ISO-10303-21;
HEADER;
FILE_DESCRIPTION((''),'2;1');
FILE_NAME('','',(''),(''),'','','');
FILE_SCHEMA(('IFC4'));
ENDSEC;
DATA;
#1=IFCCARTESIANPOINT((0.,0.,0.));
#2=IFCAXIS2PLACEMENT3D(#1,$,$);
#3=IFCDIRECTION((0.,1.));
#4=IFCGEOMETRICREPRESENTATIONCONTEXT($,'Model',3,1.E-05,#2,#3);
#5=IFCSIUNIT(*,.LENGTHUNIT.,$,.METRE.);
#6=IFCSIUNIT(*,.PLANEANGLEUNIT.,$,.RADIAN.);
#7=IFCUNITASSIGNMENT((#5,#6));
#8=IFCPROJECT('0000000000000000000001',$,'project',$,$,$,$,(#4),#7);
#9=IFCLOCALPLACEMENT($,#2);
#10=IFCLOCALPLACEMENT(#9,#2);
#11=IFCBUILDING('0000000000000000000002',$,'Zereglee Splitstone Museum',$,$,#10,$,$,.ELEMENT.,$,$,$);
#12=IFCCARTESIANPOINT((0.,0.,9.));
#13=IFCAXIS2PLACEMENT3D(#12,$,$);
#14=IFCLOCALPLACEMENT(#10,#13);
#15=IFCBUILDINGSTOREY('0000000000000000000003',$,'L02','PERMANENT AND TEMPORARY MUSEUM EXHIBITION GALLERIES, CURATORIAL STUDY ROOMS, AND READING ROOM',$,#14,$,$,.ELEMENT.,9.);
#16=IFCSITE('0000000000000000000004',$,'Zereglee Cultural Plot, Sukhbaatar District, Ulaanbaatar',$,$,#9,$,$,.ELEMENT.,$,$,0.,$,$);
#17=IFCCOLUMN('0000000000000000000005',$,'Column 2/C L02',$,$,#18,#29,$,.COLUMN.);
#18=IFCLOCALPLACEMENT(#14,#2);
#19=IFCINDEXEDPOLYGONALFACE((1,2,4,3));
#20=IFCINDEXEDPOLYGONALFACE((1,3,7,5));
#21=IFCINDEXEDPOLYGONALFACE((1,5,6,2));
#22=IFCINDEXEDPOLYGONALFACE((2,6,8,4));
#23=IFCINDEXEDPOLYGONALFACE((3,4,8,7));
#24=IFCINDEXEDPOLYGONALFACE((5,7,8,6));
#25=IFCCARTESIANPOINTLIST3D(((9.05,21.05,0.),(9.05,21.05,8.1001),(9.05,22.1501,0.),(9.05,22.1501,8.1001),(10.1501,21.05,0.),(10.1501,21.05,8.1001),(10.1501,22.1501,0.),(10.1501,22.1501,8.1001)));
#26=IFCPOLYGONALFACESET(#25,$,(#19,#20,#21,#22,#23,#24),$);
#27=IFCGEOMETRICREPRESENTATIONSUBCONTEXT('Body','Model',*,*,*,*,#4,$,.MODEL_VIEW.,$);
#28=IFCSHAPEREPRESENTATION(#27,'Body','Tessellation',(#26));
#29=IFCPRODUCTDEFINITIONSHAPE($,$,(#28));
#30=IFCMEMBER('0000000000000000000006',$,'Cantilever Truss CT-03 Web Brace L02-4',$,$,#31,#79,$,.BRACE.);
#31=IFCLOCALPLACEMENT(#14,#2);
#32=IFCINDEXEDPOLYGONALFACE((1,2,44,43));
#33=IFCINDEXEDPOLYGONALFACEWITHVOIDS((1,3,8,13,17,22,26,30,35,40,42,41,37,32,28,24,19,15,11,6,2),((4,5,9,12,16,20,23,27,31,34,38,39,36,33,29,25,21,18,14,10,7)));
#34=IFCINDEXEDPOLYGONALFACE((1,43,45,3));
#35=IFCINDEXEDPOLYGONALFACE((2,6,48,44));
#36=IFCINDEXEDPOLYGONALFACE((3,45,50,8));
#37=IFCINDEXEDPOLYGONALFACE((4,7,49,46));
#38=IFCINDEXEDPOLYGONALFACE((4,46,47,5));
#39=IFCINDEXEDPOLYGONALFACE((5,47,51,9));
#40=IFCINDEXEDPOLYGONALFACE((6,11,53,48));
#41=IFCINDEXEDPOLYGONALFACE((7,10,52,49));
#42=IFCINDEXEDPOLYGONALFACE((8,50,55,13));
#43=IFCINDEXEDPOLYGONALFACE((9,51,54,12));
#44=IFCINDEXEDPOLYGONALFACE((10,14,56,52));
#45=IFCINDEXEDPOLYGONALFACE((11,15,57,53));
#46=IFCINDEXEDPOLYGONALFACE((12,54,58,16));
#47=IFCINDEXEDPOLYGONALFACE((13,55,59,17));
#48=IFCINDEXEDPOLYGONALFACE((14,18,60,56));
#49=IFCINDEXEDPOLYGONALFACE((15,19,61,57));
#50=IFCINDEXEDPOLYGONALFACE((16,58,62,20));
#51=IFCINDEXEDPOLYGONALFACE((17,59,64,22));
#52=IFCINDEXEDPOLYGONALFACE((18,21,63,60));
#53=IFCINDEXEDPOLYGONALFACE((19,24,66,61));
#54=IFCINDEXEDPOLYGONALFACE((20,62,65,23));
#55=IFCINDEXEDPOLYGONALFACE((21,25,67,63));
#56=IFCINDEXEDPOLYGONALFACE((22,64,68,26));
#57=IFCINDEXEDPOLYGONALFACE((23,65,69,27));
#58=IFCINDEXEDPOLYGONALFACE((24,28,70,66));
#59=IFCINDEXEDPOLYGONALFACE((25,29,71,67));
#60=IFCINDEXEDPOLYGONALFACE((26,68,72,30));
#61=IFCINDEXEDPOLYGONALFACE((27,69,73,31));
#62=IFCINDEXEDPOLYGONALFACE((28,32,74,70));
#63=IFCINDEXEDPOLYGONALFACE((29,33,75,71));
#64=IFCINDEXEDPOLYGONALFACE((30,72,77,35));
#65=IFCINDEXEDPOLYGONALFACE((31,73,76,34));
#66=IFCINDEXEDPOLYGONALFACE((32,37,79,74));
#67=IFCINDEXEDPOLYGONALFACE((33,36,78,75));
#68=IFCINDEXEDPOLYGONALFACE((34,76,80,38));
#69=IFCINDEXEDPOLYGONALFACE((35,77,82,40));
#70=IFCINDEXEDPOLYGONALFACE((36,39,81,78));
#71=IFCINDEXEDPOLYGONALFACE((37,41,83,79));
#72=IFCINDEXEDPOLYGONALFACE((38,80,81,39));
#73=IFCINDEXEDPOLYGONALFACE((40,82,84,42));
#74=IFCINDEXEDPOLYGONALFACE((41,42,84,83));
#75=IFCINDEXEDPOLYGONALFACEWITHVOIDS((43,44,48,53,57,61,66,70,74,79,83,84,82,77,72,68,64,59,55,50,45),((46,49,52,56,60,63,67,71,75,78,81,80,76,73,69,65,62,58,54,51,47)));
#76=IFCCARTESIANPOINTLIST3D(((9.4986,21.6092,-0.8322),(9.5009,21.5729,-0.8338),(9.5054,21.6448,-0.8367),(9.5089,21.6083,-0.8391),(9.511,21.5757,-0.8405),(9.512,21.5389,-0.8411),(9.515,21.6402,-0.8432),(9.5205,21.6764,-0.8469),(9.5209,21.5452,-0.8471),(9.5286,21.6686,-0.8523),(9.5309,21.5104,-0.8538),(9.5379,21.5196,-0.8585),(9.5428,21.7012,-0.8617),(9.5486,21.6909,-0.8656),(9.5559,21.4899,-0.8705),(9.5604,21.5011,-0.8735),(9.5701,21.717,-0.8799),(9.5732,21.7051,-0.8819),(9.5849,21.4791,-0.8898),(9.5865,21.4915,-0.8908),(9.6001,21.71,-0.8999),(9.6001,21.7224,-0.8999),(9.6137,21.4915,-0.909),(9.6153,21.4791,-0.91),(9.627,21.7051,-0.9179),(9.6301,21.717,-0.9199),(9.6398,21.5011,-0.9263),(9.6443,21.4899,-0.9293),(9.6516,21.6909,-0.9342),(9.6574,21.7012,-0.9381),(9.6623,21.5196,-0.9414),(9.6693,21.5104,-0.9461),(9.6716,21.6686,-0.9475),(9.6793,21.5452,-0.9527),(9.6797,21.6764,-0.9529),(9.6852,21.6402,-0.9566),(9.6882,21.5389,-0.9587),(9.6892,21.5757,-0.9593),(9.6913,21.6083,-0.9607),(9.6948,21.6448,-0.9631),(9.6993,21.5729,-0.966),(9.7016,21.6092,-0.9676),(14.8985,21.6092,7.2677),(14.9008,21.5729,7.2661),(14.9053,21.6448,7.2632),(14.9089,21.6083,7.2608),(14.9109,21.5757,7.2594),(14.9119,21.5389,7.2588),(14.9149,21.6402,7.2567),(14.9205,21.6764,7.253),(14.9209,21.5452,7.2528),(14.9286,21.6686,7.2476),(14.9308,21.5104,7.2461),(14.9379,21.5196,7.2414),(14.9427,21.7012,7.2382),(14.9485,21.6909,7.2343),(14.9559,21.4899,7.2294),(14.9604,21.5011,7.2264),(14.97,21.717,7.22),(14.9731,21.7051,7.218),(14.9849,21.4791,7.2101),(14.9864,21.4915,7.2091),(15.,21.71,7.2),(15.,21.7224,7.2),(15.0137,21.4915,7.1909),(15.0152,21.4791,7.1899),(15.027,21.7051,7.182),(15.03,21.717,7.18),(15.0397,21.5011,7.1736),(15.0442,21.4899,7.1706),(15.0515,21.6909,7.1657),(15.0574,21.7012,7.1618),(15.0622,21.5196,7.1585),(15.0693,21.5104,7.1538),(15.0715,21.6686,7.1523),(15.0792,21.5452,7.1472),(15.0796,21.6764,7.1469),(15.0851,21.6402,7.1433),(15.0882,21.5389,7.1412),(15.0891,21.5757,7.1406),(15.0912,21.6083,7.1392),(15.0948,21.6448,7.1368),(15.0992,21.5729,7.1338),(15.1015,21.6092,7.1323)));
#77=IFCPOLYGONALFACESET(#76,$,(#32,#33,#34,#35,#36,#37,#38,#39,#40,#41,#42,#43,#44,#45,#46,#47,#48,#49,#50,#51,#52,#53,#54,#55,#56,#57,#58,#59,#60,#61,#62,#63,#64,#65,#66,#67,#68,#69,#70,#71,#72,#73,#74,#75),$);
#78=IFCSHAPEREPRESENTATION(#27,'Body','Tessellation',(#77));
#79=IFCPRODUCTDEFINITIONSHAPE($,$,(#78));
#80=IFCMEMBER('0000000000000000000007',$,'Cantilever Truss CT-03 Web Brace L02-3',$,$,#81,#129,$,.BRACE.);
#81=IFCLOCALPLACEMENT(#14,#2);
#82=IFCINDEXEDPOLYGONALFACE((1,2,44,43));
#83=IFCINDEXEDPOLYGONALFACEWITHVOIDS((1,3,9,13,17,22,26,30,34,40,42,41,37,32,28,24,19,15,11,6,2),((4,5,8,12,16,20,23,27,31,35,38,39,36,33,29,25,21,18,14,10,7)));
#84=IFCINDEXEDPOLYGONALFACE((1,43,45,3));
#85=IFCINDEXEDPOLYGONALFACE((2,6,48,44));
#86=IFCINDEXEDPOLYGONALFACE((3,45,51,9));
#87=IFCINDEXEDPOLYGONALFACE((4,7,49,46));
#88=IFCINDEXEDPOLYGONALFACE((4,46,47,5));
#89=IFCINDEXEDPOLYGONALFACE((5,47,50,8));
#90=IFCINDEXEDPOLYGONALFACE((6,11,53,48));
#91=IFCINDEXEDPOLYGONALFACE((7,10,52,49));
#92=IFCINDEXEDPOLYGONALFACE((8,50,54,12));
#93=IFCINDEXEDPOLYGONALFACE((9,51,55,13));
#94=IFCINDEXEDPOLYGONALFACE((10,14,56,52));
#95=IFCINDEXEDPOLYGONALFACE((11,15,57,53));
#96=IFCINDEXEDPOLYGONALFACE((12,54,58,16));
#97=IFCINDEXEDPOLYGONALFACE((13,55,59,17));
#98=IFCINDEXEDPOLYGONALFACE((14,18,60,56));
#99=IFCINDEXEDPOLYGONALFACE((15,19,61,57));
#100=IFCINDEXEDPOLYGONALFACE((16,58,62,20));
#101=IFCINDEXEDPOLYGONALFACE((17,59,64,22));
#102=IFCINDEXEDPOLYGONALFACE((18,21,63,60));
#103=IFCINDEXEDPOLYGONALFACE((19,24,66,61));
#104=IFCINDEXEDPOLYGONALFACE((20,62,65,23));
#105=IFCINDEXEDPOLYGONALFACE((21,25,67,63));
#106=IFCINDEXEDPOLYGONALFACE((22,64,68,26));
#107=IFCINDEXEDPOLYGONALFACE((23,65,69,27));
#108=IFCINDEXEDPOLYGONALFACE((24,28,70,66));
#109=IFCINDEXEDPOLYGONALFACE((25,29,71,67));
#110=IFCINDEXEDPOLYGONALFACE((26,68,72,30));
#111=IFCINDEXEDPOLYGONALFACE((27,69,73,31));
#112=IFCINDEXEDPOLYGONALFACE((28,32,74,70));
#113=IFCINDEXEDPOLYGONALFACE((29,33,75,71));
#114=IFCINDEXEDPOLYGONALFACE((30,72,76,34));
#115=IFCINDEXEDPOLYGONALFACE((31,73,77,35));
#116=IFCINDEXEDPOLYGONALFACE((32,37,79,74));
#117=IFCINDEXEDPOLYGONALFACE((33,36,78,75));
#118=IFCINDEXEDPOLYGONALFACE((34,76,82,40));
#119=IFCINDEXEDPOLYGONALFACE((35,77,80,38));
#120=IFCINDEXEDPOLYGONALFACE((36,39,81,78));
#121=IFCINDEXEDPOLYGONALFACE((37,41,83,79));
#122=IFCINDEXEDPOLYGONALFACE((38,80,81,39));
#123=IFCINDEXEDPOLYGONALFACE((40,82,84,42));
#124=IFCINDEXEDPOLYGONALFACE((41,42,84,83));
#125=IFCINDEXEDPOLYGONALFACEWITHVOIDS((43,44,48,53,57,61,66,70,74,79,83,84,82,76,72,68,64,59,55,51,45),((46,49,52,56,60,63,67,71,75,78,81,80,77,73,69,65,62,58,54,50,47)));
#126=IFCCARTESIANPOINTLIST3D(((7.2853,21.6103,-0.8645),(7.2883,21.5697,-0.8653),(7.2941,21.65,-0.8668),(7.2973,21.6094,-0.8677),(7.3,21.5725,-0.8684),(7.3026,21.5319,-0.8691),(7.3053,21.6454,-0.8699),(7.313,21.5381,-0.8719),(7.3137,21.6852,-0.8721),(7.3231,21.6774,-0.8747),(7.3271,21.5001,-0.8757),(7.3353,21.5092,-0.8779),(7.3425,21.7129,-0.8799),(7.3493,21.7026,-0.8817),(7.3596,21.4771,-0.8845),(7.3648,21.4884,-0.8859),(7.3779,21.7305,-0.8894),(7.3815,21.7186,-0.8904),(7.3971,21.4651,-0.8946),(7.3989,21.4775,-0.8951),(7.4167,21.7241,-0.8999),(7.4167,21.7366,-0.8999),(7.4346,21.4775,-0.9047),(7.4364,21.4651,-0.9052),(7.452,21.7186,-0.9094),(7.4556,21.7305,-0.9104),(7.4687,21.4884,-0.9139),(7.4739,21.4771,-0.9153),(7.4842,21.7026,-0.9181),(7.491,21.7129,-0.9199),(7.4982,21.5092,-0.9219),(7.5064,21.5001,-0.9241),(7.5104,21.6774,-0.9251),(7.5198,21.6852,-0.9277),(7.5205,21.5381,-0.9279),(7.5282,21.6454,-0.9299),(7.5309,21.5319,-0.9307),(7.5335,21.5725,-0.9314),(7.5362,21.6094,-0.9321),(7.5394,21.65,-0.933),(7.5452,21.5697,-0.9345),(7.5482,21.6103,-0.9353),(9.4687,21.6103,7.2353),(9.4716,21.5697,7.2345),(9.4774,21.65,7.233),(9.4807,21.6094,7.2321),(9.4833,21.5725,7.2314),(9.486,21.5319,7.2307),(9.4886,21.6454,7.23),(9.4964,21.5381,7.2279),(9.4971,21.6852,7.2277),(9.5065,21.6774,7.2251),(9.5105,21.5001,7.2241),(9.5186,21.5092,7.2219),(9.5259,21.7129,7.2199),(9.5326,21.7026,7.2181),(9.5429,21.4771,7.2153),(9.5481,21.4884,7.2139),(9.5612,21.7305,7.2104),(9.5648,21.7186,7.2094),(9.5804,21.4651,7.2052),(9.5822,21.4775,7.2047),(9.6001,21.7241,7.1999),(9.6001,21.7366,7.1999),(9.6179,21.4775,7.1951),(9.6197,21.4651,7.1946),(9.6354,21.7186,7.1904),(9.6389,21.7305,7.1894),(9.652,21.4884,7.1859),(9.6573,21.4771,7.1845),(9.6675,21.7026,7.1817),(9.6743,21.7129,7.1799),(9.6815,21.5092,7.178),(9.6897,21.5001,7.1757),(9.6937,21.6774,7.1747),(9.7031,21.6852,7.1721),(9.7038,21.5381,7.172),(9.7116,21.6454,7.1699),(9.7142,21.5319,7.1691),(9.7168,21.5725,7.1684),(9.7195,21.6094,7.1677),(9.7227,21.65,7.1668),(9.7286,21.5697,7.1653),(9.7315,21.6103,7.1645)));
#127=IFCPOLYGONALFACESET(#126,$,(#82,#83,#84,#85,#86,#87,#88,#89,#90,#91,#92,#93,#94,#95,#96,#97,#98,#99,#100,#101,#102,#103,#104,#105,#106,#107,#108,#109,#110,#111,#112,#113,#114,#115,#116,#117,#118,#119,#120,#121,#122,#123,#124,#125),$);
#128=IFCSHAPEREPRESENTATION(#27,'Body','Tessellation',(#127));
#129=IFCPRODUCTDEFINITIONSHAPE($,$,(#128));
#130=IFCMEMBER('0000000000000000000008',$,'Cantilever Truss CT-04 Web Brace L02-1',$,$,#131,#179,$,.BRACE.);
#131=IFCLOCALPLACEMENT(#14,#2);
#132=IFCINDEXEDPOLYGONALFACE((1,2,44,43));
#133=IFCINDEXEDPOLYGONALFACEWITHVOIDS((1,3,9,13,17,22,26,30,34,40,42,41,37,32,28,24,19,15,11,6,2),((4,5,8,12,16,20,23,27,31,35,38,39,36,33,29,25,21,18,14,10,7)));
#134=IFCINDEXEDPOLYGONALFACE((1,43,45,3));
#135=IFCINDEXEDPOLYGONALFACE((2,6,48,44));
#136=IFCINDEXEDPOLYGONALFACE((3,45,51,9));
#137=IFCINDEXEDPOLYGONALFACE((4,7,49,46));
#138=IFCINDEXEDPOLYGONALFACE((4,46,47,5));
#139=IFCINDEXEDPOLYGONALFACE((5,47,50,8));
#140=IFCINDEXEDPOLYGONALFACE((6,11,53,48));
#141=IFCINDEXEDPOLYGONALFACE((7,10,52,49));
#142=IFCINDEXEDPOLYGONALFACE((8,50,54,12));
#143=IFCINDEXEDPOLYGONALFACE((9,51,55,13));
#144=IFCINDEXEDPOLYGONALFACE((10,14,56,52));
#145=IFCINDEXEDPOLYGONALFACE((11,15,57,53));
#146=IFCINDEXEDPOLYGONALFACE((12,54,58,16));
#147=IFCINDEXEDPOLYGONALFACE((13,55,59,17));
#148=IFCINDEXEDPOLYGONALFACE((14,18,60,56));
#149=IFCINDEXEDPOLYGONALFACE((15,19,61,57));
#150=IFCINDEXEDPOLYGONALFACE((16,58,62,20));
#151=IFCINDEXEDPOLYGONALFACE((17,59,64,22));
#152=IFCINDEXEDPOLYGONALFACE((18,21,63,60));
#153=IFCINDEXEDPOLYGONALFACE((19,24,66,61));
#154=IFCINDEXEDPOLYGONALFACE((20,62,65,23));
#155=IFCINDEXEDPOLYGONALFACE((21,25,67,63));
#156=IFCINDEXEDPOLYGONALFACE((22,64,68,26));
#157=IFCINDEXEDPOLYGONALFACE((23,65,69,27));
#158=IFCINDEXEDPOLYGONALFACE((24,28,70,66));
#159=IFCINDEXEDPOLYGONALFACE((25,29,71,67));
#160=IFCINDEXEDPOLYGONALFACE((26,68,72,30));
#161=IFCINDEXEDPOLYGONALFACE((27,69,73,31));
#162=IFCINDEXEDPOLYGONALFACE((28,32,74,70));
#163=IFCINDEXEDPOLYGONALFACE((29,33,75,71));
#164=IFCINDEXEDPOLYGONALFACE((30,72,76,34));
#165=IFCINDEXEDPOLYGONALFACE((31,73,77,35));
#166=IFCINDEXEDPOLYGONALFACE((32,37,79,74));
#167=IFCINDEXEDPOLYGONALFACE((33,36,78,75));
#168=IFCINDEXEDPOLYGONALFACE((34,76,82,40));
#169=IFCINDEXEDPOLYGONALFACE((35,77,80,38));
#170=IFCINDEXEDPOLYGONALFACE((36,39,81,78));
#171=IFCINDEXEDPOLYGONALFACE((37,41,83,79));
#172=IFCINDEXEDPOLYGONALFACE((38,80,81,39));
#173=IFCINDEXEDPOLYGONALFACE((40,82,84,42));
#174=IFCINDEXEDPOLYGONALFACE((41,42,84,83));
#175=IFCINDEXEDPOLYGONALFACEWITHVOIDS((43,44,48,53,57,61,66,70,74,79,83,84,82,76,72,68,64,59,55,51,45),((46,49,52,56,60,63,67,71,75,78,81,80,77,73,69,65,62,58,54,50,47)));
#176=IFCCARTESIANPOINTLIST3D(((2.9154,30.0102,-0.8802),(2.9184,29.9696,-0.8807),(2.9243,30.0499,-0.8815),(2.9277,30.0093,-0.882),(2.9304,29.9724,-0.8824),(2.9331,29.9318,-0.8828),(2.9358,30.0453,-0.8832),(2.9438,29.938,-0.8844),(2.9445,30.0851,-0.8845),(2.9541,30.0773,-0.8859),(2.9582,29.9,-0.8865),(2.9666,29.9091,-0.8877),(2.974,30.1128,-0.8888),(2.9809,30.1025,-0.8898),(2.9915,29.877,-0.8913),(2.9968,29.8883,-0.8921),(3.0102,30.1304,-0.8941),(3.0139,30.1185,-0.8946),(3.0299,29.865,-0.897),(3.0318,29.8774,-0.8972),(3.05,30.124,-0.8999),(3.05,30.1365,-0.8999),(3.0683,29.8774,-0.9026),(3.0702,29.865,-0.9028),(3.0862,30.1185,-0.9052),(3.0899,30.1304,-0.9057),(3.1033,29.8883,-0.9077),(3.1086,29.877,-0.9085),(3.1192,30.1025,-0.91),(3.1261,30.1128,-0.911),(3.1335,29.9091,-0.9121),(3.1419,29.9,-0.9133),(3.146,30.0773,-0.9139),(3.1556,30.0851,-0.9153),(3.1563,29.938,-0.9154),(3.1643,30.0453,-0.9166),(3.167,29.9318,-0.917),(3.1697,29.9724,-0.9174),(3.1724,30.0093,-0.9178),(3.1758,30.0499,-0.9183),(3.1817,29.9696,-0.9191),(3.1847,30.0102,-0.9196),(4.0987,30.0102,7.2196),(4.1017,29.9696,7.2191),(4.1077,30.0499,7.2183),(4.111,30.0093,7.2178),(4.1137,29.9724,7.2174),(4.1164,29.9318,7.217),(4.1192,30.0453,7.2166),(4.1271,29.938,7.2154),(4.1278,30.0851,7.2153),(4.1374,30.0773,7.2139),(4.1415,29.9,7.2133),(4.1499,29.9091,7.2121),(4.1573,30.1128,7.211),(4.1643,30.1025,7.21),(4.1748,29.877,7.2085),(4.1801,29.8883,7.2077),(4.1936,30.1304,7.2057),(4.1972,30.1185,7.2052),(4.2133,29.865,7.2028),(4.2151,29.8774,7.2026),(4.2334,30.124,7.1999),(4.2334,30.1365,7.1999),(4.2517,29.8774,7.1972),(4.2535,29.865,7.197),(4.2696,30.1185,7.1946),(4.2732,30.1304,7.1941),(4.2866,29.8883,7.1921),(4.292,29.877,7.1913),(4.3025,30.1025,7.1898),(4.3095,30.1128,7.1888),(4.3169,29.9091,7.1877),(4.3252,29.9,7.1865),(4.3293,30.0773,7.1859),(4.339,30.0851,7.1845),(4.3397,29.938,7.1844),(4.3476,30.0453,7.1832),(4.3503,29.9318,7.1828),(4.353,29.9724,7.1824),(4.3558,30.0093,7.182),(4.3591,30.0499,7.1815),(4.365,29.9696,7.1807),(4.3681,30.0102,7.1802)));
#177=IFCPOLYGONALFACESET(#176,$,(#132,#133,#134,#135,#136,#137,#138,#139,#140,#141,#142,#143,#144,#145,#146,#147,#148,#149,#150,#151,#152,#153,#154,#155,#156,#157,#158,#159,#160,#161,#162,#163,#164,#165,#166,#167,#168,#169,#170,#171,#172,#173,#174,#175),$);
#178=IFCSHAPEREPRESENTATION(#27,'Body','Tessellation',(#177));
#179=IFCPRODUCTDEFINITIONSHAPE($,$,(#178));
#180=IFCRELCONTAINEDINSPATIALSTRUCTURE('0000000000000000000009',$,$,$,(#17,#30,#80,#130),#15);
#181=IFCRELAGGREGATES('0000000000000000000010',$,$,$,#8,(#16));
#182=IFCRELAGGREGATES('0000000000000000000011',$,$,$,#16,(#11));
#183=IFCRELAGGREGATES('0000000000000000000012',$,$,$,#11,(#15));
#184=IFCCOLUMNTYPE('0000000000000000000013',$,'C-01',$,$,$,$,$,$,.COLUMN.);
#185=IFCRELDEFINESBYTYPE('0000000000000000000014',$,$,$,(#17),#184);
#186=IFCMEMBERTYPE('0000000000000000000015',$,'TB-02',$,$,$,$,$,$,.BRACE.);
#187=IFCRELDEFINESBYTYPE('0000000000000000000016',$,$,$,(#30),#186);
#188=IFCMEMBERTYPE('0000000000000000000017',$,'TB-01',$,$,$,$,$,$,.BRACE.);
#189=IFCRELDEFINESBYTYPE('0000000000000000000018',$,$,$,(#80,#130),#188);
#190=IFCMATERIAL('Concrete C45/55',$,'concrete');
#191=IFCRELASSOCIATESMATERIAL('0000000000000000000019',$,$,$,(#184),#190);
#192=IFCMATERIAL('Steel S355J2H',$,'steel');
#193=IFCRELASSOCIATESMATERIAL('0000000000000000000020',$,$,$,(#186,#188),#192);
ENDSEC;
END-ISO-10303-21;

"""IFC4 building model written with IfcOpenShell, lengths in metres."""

from ifc_helpers import new_model, si_unit, direction, frame, origin, origin_2d, place, context, subcontext, project, spatial, rectangle, hollow_circle, extrude, material, material_profile, profile_set, type_object, element, save


model = new_model("IFC4")

# Units and contexts
model_context = context("Model", 3, precision=1e-05, world=origin(), true_north=direction((0.0, 1.0)))
body_context = subcontext(model_context, "Body", "Model", "MODEL_VIEW")
ifc_project = project(units=[si_unit("LENGTHUNIT", "METRE"), si_unit("PLANEANGLEUNIT", "RADIAN")], contexts=[model_context])

# Site, building, storey
site_placement = place(None, origin())
site = spatial("IfcSite", under=ifc_project, at=site_placement, Name="Zereglee Cultural Plot, Sukhbaatar District, Ulaanbaatar", CompositionType="ELEMENT", RefElevation=0.0)
building_placement = place(site_placement, origin())
building = spatial("IfcBuilding", under=site, at=building_placement, Name="Zereglee Splitstone Museum", CompositionType="ELEMENT")
storey_placement = place(building_placement, frame((0.0, 0.0, 9.0)))
storey = spatial("IfcBuildingStorey", under=building, at=storey_placement, Name="L02", Description="PERMANENT AND TEMPORARY MUSEUM EXHIBITION GALLERIES, CURATORIAL STUDY ROOMS, AND READING ROOM", CompositionType="ELEMENT", Elevation=9.0)

# Column
ifc_material_1 = material(Name="Concrete C45/55", Category="concrete")
ifc_material_profile_1 = material_profile(ifc_material_1, rectangle(XDim=1.1001, YDim=1.1001, at=origin_2d()), Name="RC 1100x1100")
ifc_profile_set_1 = profile_set([ifc_material_profile_1], Name="Concrete C45/55")
column_type = type_object("IfcColumnType", Name="C-01", PredefinedType="COLUMN", material=ifc_profile_set_1)
column_placement = place(storey_placement, frame((9.6001, 21.6001, 0.0), z_axis=(0.0, 0.0, 1.0), x_axis=(1.0, 0.0, 0.0)))
element("IfcColumn", 1, at=column_placement, inside=storey, type_object=column_type, Name="Column 2/C L02", PredefinedType="COLUMN", context=body_context, shape_type="SweptSolid", body=[
    extrude(rectangle(XDim=1.1001, YDim=1.1001, at=origin_2d()), origin(), (0.0, 0.0, 1.0), 8.1001),
])

# Members
ifc_material_2 = material(Name="Steel S355J2H", Category="steel")
ifc_material_profile_2 = material_profile(ifc_material_2, hollow_circle(Radius=0.1223, WallThickness=0.0125, at=origin_2d()), Name="CHS 244.5x12.5")
ifc_profile_set_2 = profile_set([ifc_material_profile_2], Name="Steel S355J2H")
member_type_1 = type_object("IfcMemberType", Name="TB-02", PredefinedType="BRACE", material=ifc_profile_set_2)
member_1_placement = place(storey_placement, frame((9.6001, 21.6001, -0.8999), z_axis=(0.5547, 0.0, 0.83205), x_axis=(0.0, 1.0, 0.0)))
element("IfcMember", 2, at=member_1_placement, inside=storey, type_object=member_type_1, Name="Cantilever Truss CT-03 Web Brace L02-4", PredefinedType="BRACE", context=body_context, shape_type="SweptSolid", body=[
    extrude(hollow_circle(Radius=0.1223, WallThickness=0.0125, at=origin_2d()), origin(), (0.0, 0.0, 1.0), 9.7349),
])
ifc_material_profile_3 = material_profile(ifc_material_2, hollow_circle(Radius=0.1365, WallThickness=0.0125, at=origin_2d()), Name="CHS 273.0x12.5")
ifc_profile_set_3 = profile_set([ifc_material_profile_3], Name="Steel S355J2H")
member_type_2 = type_object("IfcMemberType", Name="TB-01", PredefinedType="BRACE", material=ifc_profile_set_3)
member_2_placement = place(storey_placement, frame((7.4167, 21.6001, -0.8999), z_axis=(0.260265, 0.0, 0.965537), x_axis=(0.0, 1.0, 0.0)))
element("IfcMember", 3, at=member_2_placement, inside=storey, type_object=member_type_2, Name="Cantilever Truss CT-03 Web Brace L02-3", PredefinedType="BRACE", context=body_context, shape_type="SweptSolid", body=[
    extrude(hollow_circle(Radius=0.1365, WallThickness=0.0125, at=origin_2d()), origin(), (0.0, 0.0, 1.0), 8.3889),
])
member_3_placement = place(storey_placement, frame((3.05, 30.0, -0.8999), z_axis=(0.144561, 0.0, 0.989496), x_axis=(0.0, 1.0, 0.0)))
element("IfcMember", 4, at=member_3_placement, inside=storey, type_object=member_type_2, Name="Cantilever Truss CT-04 Web Brace L02-1", PredefinedType="BRACE", context=body_context, shape_type="SweptSolid", body=[
    extrude(hollow_circle(Radius=0.1365, WallThickness=0.0125, at=origin_2d()), origin(), (0.0, 0.0, 1.0), 8.1858),
])

save(model, "model.ifc")
